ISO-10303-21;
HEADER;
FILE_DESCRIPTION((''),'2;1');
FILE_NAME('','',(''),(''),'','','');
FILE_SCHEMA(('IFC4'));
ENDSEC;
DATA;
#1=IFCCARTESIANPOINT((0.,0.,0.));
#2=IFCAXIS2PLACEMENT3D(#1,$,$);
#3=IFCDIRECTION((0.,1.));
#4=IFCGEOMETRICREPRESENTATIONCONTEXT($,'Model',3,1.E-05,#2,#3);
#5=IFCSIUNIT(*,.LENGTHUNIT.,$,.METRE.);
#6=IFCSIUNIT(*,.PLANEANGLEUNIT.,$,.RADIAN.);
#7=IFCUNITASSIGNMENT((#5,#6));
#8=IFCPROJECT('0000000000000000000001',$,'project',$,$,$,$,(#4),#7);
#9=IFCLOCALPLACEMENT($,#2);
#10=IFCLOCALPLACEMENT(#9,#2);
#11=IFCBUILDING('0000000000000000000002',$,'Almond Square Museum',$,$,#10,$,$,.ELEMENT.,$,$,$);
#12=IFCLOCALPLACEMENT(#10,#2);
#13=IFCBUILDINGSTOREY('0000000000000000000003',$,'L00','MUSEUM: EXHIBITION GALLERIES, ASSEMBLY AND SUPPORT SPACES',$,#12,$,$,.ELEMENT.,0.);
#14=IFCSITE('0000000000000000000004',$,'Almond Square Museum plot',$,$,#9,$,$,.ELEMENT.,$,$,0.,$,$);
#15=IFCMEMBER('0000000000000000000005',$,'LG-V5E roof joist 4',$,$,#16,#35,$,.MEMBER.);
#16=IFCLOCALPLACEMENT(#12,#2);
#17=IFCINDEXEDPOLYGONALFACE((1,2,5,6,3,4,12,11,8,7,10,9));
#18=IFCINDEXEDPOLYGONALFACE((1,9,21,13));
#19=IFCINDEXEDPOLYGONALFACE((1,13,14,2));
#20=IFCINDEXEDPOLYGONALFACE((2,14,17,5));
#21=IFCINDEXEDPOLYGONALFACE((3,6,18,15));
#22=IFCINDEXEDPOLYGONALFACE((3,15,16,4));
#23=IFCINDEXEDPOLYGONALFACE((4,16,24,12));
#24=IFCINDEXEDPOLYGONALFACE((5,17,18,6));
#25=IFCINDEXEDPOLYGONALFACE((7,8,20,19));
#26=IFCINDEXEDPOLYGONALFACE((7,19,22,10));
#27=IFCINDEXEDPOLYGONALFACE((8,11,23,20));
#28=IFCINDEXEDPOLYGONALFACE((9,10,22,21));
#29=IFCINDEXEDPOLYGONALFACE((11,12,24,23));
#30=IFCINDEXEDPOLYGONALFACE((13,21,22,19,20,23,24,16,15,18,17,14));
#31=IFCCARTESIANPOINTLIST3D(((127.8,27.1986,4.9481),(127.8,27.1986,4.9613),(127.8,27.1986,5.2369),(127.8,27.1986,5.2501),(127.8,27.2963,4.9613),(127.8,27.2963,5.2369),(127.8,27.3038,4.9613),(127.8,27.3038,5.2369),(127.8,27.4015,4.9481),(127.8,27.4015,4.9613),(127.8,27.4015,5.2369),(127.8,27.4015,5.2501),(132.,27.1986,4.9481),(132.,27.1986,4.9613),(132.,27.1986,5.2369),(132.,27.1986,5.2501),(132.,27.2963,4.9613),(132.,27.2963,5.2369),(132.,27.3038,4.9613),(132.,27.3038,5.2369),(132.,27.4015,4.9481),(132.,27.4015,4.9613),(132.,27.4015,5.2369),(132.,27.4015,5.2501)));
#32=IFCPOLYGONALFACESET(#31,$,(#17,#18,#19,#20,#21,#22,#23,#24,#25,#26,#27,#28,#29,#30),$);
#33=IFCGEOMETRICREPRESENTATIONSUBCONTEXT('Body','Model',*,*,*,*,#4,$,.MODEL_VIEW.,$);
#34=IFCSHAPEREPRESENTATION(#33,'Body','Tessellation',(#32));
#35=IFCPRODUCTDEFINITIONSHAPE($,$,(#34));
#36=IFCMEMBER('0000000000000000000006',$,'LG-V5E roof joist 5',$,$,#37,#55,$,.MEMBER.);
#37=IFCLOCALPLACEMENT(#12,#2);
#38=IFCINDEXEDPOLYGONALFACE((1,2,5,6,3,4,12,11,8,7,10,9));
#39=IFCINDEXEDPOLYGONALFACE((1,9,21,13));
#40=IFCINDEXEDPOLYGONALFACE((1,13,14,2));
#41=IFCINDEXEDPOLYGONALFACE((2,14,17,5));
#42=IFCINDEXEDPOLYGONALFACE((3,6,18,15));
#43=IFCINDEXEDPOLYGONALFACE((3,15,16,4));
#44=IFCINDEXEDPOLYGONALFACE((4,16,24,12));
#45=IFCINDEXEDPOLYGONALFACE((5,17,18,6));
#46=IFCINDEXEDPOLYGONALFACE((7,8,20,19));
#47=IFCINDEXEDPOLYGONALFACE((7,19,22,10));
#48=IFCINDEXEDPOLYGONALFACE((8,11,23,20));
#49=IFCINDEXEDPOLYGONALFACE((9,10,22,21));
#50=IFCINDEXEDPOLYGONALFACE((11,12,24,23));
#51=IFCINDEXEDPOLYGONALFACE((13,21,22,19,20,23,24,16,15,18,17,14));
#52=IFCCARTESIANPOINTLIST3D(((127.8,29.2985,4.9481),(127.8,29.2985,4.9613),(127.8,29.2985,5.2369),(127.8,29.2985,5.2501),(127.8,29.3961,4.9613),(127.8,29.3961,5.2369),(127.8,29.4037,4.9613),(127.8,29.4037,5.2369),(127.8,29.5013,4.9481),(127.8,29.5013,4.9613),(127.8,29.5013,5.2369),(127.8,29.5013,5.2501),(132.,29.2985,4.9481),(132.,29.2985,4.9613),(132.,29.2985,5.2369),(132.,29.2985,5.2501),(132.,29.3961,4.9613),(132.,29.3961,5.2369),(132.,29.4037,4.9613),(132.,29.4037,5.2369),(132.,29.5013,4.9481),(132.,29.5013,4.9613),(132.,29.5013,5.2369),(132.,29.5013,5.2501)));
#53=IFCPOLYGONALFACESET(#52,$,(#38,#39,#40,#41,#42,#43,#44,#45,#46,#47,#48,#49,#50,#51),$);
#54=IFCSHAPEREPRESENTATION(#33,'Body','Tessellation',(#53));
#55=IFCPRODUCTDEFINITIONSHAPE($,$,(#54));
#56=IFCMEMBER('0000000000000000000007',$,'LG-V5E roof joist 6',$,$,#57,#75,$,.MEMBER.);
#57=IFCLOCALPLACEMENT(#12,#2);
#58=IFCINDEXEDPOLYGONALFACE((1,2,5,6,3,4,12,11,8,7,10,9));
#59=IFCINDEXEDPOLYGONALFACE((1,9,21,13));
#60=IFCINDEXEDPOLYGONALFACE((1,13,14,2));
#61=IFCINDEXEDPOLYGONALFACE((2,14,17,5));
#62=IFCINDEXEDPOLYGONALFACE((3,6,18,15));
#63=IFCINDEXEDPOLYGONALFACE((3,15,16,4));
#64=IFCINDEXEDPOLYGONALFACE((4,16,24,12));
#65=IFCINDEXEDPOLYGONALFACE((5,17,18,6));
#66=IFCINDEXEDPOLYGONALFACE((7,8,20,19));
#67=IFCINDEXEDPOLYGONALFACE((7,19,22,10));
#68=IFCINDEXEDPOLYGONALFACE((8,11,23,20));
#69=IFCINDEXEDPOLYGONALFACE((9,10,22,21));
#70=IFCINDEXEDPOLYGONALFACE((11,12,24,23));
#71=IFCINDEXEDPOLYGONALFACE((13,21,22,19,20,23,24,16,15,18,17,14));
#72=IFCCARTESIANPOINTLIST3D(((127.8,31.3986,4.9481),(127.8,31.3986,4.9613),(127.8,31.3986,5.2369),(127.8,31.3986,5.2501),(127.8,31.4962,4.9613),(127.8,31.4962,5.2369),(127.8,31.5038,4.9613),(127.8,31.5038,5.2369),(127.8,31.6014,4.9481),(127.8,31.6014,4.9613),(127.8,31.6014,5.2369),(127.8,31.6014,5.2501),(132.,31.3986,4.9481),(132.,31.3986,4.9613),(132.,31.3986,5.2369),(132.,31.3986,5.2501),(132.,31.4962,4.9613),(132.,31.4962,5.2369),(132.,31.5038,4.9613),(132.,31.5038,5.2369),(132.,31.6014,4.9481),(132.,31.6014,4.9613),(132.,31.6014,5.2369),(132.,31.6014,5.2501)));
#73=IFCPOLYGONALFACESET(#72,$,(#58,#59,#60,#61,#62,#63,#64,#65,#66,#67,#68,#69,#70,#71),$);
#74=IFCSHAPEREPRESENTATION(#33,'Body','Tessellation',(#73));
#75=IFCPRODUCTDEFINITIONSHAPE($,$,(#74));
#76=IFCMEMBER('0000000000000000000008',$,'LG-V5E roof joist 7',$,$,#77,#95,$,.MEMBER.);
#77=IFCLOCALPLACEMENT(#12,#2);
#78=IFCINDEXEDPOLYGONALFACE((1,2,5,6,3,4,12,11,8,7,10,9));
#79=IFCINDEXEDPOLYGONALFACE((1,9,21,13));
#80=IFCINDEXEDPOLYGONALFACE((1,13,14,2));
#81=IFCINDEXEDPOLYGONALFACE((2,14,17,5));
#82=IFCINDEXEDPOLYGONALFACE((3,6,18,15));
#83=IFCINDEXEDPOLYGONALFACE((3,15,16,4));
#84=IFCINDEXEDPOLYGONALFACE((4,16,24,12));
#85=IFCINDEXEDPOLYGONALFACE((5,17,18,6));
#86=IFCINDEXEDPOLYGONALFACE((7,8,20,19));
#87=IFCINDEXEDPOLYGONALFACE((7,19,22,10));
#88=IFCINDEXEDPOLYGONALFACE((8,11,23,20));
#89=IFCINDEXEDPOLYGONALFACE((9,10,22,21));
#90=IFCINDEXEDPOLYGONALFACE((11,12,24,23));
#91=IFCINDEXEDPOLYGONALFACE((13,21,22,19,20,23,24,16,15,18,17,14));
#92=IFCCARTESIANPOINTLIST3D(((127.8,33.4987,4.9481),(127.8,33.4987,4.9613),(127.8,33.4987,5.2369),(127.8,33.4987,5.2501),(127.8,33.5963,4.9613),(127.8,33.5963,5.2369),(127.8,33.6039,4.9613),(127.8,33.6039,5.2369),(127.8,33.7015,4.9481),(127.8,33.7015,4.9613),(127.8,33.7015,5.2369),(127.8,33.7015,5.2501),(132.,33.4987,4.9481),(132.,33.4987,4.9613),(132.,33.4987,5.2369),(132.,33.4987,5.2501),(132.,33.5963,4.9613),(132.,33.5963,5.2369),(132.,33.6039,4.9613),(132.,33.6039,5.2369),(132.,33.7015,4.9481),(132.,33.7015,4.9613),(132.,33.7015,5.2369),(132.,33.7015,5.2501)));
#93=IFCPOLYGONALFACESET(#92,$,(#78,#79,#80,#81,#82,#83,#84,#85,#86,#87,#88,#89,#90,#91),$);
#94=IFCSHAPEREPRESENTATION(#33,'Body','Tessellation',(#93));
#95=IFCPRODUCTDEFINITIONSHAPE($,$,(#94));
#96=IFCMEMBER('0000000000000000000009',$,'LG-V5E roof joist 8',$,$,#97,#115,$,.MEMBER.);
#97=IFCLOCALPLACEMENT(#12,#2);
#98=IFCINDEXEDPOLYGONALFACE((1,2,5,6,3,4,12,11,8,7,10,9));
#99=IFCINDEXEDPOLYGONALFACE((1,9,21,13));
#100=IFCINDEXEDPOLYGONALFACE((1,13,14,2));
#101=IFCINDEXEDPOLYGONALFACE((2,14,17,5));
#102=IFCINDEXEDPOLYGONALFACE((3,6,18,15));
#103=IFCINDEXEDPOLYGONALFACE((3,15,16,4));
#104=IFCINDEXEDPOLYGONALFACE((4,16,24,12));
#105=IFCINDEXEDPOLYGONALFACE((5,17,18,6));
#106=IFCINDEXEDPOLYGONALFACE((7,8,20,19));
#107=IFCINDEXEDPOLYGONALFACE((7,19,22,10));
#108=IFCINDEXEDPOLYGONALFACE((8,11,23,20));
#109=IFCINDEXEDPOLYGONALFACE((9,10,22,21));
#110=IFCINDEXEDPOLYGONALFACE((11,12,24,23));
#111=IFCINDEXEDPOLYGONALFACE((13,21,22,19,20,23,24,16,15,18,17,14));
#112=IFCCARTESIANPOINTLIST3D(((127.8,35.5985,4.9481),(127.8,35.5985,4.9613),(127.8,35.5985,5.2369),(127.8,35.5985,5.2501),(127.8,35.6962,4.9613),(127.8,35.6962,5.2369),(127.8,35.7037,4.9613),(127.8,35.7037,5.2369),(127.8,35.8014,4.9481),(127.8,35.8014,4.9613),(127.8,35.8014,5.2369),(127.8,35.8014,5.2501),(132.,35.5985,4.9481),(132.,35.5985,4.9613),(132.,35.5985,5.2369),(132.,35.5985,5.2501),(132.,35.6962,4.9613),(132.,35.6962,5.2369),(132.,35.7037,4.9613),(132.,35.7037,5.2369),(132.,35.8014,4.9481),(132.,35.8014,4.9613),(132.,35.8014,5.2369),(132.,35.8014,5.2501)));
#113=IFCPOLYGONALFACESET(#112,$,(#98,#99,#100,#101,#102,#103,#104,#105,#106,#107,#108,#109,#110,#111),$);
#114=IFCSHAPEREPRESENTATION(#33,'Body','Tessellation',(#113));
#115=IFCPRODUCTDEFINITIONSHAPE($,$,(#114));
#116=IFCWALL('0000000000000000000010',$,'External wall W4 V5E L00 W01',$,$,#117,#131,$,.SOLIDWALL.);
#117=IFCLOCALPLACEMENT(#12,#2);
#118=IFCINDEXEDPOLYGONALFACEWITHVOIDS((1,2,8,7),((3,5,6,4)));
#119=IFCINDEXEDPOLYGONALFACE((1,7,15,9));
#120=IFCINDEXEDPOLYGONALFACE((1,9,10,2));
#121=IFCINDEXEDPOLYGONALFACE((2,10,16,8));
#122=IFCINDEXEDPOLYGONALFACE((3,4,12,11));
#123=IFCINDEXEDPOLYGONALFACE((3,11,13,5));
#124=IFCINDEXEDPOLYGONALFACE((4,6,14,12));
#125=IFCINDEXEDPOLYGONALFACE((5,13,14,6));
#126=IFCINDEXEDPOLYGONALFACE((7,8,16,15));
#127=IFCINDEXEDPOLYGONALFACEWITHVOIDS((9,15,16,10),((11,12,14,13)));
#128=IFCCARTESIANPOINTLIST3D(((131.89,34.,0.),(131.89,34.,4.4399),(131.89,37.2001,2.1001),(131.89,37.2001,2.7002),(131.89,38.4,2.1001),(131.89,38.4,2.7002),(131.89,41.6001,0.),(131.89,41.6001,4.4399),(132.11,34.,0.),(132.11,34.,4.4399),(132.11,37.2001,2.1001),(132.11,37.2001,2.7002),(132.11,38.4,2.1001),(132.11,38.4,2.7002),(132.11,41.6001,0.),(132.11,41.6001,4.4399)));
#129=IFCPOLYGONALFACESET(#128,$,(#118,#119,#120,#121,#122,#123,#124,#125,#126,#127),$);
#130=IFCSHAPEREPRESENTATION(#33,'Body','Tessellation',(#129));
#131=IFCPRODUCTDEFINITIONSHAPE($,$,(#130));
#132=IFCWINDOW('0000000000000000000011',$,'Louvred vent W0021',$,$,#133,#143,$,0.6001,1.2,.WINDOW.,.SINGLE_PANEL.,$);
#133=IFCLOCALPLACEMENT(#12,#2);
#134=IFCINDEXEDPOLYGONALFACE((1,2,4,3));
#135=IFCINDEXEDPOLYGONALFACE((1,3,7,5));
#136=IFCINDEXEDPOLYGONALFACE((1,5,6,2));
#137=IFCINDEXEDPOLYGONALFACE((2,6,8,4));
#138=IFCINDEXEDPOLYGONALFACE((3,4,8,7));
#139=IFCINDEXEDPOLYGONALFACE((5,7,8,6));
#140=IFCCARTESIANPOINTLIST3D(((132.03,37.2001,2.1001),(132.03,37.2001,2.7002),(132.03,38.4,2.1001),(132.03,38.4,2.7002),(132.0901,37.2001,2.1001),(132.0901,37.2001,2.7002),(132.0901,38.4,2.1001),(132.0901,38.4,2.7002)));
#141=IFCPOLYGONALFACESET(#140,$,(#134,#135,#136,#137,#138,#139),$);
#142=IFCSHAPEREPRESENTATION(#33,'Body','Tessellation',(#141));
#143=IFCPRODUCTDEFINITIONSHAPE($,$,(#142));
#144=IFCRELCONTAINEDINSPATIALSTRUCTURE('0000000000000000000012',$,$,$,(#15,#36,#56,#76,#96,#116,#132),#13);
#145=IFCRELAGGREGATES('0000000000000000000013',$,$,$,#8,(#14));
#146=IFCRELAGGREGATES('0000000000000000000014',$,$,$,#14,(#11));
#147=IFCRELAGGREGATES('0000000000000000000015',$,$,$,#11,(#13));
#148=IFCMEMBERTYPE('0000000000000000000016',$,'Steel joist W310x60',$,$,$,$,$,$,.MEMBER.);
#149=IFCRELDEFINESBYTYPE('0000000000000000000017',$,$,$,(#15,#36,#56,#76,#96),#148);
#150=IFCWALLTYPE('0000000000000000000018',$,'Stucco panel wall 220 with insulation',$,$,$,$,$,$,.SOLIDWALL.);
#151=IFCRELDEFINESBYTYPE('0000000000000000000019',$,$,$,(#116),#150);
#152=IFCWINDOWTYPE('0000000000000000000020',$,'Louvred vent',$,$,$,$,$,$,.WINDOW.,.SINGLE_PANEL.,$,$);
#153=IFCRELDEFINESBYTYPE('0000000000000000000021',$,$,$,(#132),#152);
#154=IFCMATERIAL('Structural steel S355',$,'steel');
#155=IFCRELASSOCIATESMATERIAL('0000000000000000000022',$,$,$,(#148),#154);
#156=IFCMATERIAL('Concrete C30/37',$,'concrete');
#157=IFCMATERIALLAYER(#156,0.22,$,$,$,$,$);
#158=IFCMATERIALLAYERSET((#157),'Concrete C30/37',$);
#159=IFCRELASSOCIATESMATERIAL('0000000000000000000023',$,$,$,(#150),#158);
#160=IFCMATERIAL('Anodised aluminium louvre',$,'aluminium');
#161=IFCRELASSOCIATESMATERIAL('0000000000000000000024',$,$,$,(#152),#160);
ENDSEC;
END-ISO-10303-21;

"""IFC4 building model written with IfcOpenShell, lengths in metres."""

from ifc_helpers import new_model, si_unit, direction, frame, frame_2d, origin, origin_2d, place, context, subcontext, project, spatial, rectangle, i_section, extrude, material, layer, layer_set, material_profile, profile_set, type_object, element, fill, save


model = new_model("IFC4")

# Units and contexts
model_context = context("Model", 3, precision=1e-05, world=origin(), true_north=direction((0.0, 1.0)))
body_context = subcontext(model_context, "Body", "Model", "MODEL_VIEW")
ifc_project = project(units=[si_unit("LENGTHUNIT", "METRE"), si_unit("PLANEANGLEUNIT", "RADIAN")], contexts=[model_context])

# Site, building, storey
site_placement = place(None, origin())
site = spatial("IfcSite", under=ifc_project, at=site_placement, Name="Almond Square Museum plot", CompositionType="ELEMENT", RefElevation=0.0)
building_placement = place(site_placement, origin())
building = spatial("IfcBuilding", under=site, at=building_placement, Name="Almond Square Museum", CompositionType="ELEMENT")
storey_placement = place(building_placement, origin())
storey = spatial("IfcBuildingStorey", under=building, at=storey_placement, Name="L00", Description="MUSEUM: EXHIBITION GALLERIES, ASSEMBLY AND SUPPORT SPACES", CompositionType="ELEMENT", Elevation=0.0)

# Members
ifc_material_1 = material(Name="Structural steel S355", Category="steel")
ifc_material_profile_1 = material_profile(ifc_material_1, i_section(OverallWidth=0.2029, OverallDepth=0.302, WebThickness=0.0076, FlangeThickness=0.0132, at=origin_2d()))
ifc_profile_set_1 = profile_set([ifc_material_profile_1], Name="Structural steel S355")
member_type = type_object("IfcMemberType", Name="Steel joist W310x60", PredefinedType="MEMBER", material=ifc_profile_set_1)
for number, where, z_axis, x_axis, name in (
    (1, (132.0, 27.3, 5.0991), (-1.0, 0.0, 0.0), (0.0, -1.0, 0.0), "LG-V5E roof joist 4"),
    (2, (132.0, 29.3999, 5.0991), (-1.0, 0.0, 0.0), (0.0, -1.0, 0.0), "LG-V5E roof joist 5"),
    (3, (132.0, 31.5, 5.0991), (-1.0, 0.0, 0.0), (0.0, -1.0, 0.0), "LG-V5E roof joist 6"),
    (4, (132.0, 33.6001, 5.0991), (-1.0, 0.0, 0.0), (0.0, -1.0, 0.0), "LG-V5E roof joist 7"),
    (5, (132.0, 35.7, 5.0991), (-1.0, 0.0, 0.0), (0.0, -1.0, 0.0), "LG-V5E roof joist 8"),
):
    element("IfcMember", number, at=place(storey_placement, frame(where, z_axis=z_axis, x_axis=x_axis)), inside=storey, type_object=member_type, Name=name, PredefinedType="MEMBER", context=body_context, shape_type="SweptSolid", body=[
        extrude(i_section(OverallWidth=0.2029, OverallDepth=0.302, WebThickness=0.0076, FlangeThickness=0.0132, at=origin_2d()), origin(), (0.0, 0.0, 1.0), 4.2),
    ])

# Wall, opening, window
ifc_material_2 = material(Name="Concrete C30/37", Category="concrete")
ifc_layer = layer(ifc_material_2, 0.22)
ifc_layer_set = layer_set([ifc_layer], Name="Concrete C30/37")
wall_type = type_object("IfcWallType", Name="Stucco panel wall 220 with insulation", PredefinedType="SOLIDWALL", material=ifc_layer_set)
wall_placement = place(storey_placement, frame((132.0, 34.0, 0.0), z_axis=(0.0, 0.0, 1.0), x_axis=(0.0, 1.0, 0.0)))
wall = element("IfcWall", 6, at=wall_placement, inside=storey, type_object=wall_type, Name="External wall W4 V5E L00 W01", PredefinedType="SOLIDWALL", context=body_context, shape_type="SweptSolid", body=[
    extrude(rectangle(XDim=7.6001, YDim=0.22, at=frame_2d((3.8, 0.0))), origin(), (0.0, 0.0, 1.0), 4.4399),
])
opening_placement = place(wall_placement, frame((3.2, 0.0, 2.1001)))
opening = element("IfcOpeningElement", 7, at=opening_placement, cuts=wall, PredefinedType="OPENING", context=body_context, shape_type="SweptSolid", body=[
    extrude(rectangle(XDim=1.2, YDim=0.6001, at=frame_2d((0.6001, 0.3))), frame((0.0, 0.1199, 0.0), z_axis=(0.0, -1.0, 0.0), x_axis=(1.0, 0.0, 0.0)), (0.0, 0.0, 1.0), 0.24),
])
ifc_material_3 = material(Name="Anodised aluminium louvre", Category="aluminium")
window_type = type_object("IfcWindowType", Name="Louvred vent", PartitioningType="SINGLE_PANEL", PredefinedType="WINDOW", material=ifc_material_3)
window_placement = place(opening_placement, origin())
window = element("IfcWindow", 8, at=window_placement, inside=storey, type_object=window_type, Name="Louvred vent W0021", OverallHeight=0.6001, OverallWidth=1.2, PartitioningType="SINGLE_PANEL", PredefinedType="WINDOW", context=body_context, shape_type="SweptSolid", body=[
    extrude(rectangle(XDim=1.2, YDim=0.6001, at=frame_2d((0.6001, 0.3))), frame((0.0, -0.03, 0.0), z_axis=(0.0, -1.0, 0.0), x_axis=(1.0, 0.0, 0.0)), (0.0, 0.0, 1.0), 0.0601),
])
fill(opening, window)

save(model, "model.ifc")
